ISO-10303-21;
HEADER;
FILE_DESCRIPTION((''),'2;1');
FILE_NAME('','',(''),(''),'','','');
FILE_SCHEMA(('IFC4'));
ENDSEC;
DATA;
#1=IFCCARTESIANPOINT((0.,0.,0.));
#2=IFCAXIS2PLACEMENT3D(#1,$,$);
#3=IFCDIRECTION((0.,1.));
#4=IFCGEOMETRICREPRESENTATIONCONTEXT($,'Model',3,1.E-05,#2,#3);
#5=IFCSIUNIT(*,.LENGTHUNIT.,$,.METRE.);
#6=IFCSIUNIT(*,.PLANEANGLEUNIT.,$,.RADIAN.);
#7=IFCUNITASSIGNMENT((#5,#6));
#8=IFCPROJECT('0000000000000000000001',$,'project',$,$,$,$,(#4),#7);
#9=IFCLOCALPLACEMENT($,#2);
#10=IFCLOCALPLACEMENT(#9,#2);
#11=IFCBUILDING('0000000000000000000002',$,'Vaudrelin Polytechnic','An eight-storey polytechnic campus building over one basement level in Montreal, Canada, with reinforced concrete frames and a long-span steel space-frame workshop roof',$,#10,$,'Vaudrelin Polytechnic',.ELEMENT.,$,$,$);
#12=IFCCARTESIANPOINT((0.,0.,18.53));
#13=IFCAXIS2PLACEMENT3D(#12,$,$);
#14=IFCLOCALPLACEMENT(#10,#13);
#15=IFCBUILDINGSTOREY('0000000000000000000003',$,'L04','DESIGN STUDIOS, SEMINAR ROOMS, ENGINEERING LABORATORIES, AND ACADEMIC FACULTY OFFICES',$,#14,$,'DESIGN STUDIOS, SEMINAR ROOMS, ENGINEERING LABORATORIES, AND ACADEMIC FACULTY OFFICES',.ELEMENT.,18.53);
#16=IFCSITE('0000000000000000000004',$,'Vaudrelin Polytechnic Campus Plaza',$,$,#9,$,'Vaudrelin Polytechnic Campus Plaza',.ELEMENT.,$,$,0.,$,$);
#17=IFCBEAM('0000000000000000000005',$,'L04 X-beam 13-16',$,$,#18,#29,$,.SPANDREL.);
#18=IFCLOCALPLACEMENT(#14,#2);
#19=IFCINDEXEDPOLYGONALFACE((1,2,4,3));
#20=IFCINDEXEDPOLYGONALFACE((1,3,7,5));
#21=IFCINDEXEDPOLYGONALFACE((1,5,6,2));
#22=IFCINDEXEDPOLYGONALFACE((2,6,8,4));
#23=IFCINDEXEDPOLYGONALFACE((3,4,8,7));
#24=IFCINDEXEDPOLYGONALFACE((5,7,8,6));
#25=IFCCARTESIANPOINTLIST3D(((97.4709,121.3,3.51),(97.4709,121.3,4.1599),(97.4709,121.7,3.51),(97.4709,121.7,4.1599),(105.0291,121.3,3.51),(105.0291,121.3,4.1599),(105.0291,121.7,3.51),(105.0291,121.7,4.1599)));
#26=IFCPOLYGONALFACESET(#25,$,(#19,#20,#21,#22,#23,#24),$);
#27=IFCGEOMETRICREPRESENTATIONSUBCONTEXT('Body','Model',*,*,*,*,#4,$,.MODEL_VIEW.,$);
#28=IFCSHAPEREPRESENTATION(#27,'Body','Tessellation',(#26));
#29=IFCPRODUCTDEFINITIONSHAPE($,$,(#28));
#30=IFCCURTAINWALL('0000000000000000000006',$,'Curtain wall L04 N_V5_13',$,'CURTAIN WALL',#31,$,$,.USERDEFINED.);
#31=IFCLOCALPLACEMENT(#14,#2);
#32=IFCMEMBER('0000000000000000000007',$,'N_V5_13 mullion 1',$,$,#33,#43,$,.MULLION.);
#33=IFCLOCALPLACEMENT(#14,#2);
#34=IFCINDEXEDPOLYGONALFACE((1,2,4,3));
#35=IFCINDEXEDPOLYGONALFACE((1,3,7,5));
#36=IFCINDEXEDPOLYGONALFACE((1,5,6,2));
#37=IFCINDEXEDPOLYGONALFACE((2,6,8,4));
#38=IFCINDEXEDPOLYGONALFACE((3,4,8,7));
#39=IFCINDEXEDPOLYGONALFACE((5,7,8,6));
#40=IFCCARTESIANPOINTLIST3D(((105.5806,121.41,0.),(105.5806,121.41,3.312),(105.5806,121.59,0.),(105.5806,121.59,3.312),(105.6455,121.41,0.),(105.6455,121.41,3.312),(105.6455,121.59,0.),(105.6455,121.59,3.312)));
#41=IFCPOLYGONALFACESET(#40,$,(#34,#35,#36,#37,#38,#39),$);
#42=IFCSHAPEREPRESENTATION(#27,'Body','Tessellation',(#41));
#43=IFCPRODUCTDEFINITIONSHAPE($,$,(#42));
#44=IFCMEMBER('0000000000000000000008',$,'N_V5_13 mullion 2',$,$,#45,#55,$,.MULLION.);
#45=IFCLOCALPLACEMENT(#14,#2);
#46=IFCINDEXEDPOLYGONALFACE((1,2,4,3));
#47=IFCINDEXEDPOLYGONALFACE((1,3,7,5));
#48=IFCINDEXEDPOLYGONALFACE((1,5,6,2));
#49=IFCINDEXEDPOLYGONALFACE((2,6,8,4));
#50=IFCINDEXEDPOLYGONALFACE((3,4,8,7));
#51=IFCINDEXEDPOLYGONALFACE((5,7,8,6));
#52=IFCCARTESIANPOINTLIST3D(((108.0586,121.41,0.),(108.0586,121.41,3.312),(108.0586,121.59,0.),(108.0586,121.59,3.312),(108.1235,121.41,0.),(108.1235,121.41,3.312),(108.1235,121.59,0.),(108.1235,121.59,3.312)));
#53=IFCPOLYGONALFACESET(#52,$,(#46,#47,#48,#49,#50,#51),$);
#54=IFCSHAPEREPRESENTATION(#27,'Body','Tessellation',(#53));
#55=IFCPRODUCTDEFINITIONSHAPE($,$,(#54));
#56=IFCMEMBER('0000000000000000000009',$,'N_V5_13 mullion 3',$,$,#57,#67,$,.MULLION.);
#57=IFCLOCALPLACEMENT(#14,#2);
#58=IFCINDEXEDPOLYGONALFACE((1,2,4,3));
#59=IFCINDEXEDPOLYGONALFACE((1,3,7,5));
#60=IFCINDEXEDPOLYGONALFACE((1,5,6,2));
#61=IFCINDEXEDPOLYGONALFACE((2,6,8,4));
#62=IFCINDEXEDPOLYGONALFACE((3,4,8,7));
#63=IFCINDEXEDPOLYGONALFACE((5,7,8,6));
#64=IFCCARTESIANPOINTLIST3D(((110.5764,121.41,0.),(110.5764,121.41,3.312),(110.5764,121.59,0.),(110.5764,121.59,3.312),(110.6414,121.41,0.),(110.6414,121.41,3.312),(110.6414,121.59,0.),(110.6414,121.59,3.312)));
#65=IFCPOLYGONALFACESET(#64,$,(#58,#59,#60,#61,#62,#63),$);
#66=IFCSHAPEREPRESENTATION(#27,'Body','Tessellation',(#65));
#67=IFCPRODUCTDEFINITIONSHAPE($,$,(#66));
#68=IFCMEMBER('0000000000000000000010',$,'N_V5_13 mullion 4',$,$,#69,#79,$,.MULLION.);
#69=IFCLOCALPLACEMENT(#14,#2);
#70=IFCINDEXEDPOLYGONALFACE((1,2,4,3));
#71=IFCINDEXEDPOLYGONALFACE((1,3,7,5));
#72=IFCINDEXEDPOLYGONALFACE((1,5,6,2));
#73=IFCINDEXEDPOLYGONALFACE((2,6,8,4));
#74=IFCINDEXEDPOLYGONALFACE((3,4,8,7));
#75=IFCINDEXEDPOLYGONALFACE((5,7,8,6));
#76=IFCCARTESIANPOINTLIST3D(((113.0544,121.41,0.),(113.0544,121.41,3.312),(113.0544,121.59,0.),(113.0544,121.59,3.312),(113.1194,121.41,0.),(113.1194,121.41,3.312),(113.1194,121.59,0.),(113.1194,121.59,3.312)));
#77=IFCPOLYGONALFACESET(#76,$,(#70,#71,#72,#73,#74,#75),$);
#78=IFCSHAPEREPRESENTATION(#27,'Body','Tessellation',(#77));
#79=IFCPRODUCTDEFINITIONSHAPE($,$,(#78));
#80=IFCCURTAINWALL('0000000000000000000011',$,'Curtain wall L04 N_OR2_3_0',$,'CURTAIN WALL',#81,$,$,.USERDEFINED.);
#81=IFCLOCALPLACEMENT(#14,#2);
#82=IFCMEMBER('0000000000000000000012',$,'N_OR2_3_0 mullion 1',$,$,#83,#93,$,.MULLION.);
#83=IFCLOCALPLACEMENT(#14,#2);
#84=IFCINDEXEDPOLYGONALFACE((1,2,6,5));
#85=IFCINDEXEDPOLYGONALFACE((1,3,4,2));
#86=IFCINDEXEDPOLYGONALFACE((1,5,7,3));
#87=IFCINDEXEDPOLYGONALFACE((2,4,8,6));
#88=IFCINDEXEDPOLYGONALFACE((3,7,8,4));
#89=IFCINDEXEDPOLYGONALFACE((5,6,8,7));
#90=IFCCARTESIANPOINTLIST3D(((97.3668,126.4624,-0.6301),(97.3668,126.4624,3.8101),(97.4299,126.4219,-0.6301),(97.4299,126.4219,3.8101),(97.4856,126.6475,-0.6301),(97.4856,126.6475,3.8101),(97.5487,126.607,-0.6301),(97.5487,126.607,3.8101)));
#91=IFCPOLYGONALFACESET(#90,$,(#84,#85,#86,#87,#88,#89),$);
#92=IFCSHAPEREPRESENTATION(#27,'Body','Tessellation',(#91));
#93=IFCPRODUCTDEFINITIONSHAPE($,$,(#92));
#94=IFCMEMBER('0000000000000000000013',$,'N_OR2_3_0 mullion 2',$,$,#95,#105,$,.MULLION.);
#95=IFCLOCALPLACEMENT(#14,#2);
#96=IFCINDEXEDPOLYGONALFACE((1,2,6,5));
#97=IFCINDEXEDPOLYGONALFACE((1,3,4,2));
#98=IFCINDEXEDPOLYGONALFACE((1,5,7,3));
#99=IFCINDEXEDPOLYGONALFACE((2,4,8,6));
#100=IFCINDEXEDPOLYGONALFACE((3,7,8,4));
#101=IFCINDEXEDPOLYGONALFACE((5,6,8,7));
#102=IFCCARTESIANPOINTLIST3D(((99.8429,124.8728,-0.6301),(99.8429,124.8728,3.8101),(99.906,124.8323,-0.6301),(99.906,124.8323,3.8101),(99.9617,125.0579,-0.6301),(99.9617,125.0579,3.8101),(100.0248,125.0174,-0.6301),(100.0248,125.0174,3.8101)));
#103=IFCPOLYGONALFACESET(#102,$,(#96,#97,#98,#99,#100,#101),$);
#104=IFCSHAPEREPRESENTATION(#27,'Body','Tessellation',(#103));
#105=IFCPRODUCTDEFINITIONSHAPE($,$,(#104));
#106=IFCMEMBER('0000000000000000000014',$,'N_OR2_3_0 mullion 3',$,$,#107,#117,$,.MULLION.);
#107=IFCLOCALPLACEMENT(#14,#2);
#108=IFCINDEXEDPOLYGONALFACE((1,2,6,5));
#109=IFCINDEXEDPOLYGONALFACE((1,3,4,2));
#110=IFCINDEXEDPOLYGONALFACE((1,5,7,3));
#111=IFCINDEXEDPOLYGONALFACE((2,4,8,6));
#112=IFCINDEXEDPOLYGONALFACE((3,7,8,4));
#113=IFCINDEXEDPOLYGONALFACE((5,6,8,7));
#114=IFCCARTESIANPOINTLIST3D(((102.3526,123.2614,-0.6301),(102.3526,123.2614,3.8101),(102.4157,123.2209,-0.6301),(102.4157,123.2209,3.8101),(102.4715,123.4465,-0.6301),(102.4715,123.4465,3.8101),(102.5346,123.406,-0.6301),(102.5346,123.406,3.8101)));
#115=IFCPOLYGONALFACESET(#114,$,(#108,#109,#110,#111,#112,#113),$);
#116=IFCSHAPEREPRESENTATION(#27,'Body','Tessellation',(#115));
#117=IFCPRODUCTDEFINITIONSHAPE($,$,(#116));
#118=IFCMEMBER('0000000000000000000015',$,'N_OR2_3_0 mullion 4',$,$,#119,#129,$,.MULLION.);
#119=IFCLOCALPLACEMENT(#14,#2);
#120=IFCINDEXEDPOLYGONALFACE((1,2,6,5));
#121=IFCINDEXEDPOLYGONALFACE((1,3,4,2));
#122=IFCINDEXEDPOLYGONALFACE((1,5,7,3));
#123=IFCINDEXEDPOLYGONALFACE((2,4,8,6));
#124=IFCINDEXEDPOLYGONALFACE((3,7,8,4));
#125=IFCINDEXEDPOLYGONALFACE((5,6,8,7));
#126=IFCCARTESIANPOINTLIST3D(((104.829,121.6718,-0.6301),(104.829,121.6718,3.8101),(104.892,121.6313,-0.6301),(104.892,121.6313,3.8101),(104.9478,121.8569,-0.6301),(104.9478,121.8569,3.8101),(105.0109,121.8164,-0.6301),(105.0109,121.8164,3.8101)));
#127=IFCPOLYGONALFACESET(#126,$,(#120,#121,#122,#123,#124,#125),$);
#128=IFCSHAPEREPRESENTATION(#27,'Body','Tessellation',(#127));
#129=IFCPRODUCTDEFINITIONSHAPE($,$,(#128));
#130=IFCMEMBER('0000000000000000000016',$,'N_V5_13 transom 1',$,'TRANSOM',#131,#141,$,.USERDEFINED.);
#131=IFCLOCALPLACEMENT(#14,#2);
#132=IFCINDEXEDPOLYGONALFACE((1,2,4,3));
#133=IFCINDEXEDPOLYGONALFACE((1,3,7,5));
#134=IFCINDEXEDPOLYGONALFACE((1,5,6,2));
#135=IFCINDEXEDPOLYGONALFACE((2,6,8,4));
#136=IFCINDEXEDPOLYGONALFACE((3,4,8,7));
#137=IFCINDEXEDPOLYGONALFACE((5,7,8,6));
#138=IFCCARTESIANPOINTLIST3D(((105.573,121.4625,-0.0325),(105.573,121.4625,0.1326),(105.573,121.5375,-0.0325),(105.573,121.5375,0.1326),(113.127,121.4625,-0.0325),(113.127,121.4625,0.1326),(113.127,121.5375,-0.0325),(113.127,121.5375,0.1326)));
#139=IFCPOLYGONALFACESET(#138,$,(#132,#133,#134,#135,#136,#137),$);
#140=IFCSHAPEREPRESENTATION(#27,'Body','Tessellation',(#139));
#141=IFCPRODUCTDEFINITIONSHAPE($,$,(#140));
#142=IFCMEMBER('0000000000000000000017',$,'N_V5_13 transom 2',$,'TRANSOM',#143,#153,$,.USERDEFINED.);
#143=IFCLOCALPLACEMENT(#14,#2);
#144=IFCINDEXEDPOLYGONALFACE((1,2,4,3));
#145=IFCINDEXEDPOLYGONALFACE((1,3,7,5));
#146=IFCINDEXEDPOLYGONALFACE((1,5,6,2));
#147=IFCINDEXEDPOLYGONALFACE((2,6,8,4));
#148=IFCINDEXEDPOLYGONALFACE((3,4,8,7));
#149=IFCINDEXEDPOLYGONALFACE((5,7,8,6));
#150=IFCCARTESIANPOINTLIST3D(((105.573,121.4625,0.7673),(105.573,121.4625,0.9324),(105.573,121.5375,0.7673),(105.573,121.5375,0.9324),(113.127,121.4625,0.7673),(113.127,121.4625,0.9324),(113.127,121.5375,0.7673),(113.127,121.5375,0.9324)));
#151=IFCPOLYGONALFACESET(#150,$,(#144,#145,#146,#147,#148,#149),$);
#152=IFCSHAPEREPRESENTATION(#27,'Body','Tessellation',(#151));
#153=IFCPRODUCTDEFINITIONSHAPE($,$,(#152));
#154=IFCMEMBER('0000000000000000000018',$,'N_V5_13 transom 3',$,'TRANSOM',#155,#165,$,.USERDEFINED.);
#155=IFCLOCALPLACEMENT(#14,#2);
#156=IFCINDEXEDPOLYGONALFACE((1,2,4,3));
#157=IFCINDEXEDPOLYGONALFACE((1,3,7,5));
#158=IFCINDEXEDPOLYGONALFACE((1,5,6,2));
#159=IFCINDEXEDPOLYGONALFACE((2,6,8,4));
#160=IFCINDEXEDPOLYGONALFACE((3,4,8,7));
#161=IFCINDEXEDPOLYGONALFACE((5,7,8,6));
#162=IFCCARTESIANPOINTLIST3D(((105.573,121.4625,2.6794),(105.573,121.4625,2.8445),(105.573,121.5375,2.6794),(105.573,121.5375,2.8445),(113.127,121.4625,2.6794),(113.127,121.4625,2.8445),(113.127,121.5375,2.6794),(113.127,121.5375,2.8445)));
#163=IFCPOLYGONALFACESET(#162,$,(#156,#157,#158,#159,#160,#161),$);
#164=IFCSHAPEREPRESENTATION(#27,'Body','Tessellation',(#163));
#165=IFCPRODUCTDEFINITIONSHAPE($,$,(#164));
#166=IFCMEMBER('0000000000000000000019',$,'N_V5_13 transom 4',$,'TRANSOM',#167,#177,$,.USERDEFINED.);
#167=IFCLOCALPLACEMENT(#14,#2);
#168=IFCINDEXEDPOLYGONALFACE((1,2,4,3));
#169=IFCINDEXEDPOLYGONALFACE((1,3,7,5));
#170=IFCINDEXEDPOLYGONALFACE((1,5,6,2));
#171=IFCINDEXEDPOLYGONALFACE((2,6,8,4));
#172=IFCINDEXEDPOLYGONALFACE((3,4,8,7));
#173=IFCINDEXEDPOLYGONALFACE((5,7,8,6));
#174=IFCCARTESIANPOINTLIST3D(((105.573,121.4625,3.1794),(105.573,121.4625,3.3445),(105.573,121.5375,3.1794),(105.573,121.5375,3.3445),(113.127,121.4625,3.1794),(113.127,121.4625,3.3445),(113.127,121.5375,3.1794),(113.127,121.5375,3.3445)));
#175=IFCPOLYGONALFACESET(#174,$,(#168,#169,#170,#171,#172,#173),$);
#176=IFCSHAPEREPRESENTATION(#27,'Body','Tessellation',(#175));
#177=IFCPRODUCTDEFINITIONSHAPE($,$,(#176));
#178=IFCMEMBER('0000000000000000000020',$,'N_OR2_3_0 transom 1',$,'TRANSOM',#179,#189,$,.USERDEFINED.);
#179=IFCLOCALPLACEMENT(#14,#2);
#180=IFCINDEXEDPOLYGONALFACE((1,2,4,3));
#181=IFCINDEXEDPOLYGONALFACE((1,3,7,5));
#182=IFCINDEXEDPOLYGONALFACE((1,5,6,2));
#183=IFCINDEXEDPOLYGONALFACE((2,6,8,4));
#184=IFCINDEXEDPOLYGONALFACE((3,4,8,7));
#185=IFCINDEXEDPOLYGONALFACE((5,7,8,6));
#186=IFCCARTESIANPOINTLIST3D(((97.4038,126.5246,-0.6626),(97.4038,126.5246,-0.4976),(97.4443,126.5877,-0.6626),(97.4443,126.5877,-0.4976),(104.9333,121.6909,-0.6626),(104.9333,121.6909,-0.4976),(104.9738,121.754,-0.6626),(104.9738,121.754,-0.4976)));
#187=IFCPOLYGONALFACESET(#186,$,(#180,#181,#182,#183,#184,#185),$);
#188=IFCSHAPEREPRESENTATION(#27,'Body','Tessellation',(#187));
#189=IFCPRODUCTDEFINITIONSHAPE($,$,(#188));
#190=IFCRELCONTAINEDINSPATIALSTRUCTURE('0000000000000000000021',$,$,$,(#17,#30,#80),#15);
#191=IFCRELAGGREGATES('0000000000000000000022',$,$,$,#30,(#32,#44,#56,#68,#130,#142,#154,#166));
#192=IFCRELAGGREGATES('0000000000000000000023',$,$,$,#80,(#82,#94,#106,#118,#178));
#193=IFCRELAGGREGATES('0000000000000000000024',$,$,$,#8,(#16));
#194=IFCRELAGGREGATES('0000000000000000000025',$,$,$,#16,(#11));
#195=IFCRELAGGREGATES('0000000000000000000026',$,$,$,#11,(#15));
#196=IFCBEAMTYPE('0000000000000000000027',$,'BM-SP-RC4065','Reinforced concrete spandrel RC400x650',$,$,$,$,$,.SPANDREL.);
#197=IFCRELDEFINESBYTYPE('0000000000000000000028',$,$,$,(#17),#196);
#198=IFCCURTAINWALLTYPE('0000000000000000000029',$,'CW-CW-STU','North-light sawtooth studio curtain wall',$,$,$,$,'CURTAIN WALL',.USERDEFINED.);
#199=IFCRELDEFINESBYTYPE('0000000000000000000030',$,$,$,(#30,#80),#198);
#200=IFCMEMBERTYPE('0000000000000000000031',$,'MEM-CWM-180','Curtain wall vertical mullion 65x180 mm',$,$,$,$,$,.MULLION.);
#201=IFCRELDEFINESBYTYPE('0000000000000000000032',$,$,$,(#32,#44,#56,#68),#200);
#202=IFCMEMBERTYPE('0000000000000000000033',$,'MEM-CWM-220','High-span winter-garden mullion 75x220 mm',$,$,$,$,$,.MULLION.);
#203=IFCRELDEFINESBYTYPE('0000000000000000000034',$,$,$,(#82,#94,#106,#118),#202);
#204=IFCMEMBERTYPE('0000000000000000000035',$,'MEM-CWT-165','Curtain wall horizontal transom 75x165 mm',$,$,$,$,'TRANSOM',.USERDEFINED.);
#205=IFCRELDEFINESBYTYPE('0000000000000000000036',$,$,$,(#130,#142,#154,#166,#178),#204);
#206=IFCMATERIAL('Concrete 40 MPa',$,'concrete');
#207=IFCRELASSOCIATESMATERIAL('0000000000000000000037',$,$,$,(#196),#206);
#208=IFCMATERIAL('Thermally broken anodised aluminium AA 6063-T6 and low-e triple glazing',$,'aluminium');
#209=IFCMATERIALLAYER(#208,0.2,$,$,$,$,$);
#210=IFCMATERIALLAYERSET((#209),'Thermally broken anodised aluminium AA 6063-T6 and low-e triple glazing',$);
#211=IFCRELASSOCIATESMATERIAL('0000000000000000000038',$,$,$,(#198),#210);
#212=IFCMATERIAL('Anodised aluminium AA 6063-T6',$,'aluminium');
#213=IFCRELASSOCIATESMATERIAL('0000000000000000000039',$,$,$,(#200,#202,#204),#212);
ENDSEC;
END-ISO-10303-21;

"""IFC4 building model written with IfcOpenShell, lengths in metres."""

from ifc_helpers import new_model, si_unit, direction, frame, origin, origin_2d, place, context, subcontext, project, spatial, rectangle, extrude, material, layer, layer_set, material_profile, profile_set, type_object, element, aggregate, save


model = new_model("IFC4")

# Units and contexts
model_context = context("Model", 3, precision=1e-05, world=origin(), true_north=direction((0.0, 1.0)))
body_context = subcontext(model_context, "Body", "Model", "MODEL_VIEW")
ifc_project = project(units=[si_unit("LENGTHUNIT", "METRE"), si_unit("PLANEANGLEUNIT", "RADIAN")], contexts=[model_context])

# Site, building, storey
site_placement = place(None, origin())
site = spatial("IfcSite", under=ifc_project, at=site_placement, Name="Vaudrelin Polytechnic Campus Plaza", LongName="Vaudrelin Polytechnic Campus Plaza", CompositionType="ELEMENT", RefElevation=0.0)
building_placement = place(site_placement, origin())
building = spatial("IfcBuilding", under=site, at=building_placement, Name="Vaudrelin Polytechnic", Description="An eight-storey polytechnic campus building over one basement level in Montreal, Canada, with reinforced concrete frames and a long-span steel space-frame workshop roof", LongName="Vaudrelin Polytechnic", CompositionType="ELEMENT")
storey_placement = place(building_placement, frame((0.0, 0.0, 18.53)))
storey = spatial("IfcBuildingStorey", under=building, at=storey_placement, Name="L04", Description="DESIGN STUDIOS, SEMINAR ROOMS, ENGINEERING LABORATORIES, AND ACADEMIC FACULTY OFFICES", LongName="DESIGN STUDIOS, SEMINAR ROOMS, ENGINEERING LABORATORIES, AND ACADEMIC FACULTY OFFICES", CompositionType="ELEMENT", Elevation=18.53)

# Shared definitions
ifc_material_1 = material(Name="Concrete 40 MPa", Category="concrete")

# Beam
ifc_material_profile_1 = material_profile(ifc_material_1, rectangle(XDim=0.3999, YDim=0.6499, at=origin_2d()), Name="RC400x650")
ifc_profile_set_1 = profile_set([ifc_material_profile_1], Name="Concrete 40 MPa")
beam_type_1 = type_object("IfcBeamType", Name="BM-SP-RC4065", Description="Reinforced concrete spandrel RC400x650", PredefinedType="SPANDREL", material=ifc_profile_set_1)
beam_1_placement = place(storey_placement, frame((97.4709, 121.5, 3.835), z_axis=(1.0, 0.0, 0.0), x_axis=(0.0, 1.0, 0.0)))
element("IfcBeam", 1, at=beam_1_placement, inside=storey, type_object=beam_type_1, Name="L04 X-beam 13-16", PredefinedType="SPANDREL", context=body_context, shape_type="SweptSolid", body=[
    extrude(rectangle(XDim=0.3999, YDim=0.6499, at=origin_2d()), origin(), (0.0, 0.0, 1.0), 7.5581),
])

# Curtain walls, members
ifc_material_2 = material(Name="Thermally broken anodised aluminium AA 6063-T6 and low-e triple glazing", Category="aluminium")
ifc_layer_1 = layer(ifc_material_2, 0.2)
ifc_layer_set_1 = layer_set([ifc_layer_1], Name="Thermally broken anodised aluminium AA 6063-T6 and low-e triple glazing")
curtain_wall_type = type_object("IfcCurtainWallType", Name="CW-CW-STU", Description="North-light sawtooth studio curtain wall", ElementType="CURTAIN WALL", PredefinedType="USERDEFINED", material=ifc_layer_set_1)
curtain_wall_1_placement = place(storey_placement, origin())
curtain_wall_1 = element("IfcCurtainWall", 2, at=curtain_wall_1_placement, inside=storey, type_object=curtain_wall_type, Name="Curtain wall L04 N_V5_13", ObjectType="CURTAIN WALL", PredefinedType="USERDEFINED")
ifc_material_3 = material(Name="Anodised aluminium AA 6063-T6", Category="aluminium")
ifc_material_profile_2 = material_profile(ifc_material_3, rectangle(XDim=0.0649, YDim=0.1799, at=origin_2d()), Name="CWM-65x180")
ifc_profile_set_2 = profile_set([ifc_material_profile_2], Name="Anodised aluminium AA 6063-T6")
member_type_1 = type_object("IfcMemberType", Name="MEM-CWM-180", Description="Curtain wall vertical mullion 65x180 mm", PredefinedType="MULLION", material=ifc_profile_set_2)
member_1_placement = place(storey_placement, frame((105.613, 121.5, 0.0), z_axis=(0.0, 0.0, 1.0), x_axis=(1.0, 0.0, 0.0)))
member_1 = element("IfcMember", 3, at=member_1_placement, type_object=member_type_1, Name="N_V5_13 mullion 1", PredefinedType="MULLION", context=body_context, shape_type="SweptSolid", body=[
    extrude(rectangle(XDim=0.0649, YDim=0.1799, at=origin_2d()), origin(), (0.0, 0.0, 1.0), 3.312),
])
member_2_placement = place(storey_placement, frame((108.0911, 121.5, 0.0), z_axis=(0.0, 0.0, 1.0), x_axis=(1.0, 0.0, 0.0)))
member_2 = element("IfcMember", 4, at=member_2_placement, type_object=member_type_1, Name="N_V5_13 mullion 2", PredefinedType="MULLION", context=body_context, shape_type="SweptSolid", body=[
    extrude(rectangle(XDim=0.0649, YDim=0.1799, at=origin_2d()), origin(), (0.0, 0.0, 1.0), 3.312),
])
member_3_placement = place(storey_placement, frame((110.6089, 121.5, 0.0), z_axis=(0.0, 0.0, 1.0), x_axis=(1.0, 0.0, 0.0)))
member_3 = element("IfcMember", 5, at=member_3_placement, type_object=member_type_1, Name="N_V5_13 mullion 3", PredefinedType="MULLION", context=body_context, shape_type="SweptSolid", body=[
    extrude(rectangle(XDim=0.0649, YDim=0.1799, at=origin_2d()), origin(), (0.0, 0.0, 1.0), 3.312),
])
member_4_placement = place(storey_placement, frame((113.0869, 121.5, 0.0), z_axis=(0.0, 0.0, 1.0), x_axis=(1.0, 0.0, 0.0)))
member_4 = element("IfcMember", 6, at=member_4_placement, type_object=member_type_1, Name="N_V5_13 mullion 4", PredefinedType="MULLION", context=body_context, shape_type="SweptSolid", body=[
    extrude(rectangle(XDim=0.0649, YDim=0.1799, at=origin_2d()), origin(), (0.0, 0.0, 1.0), 3.312),
])
curtain_wall_2_placement = place(storey_placement, origin())
curtain_wall_2 = element("IfcCurtainWall", 7, at=curtain_wall_2_placement, inside=storey, type_object=curtain_wall_type, Name="Curtain wall L04 N_OR2_3_0", ObjectType="CURTAIN WALL", PredefinedType="USERDEFINED")
ifc_material_profile_3 = material_profile(ifc_material_3, rectangle(XDim=0.075, YDim=0.22, at=origin_2d()), Name="CWM-75x220")
ifc_profile_set_3 = profile_set([ifc_material_profile_3], Name="Anodised aluminium AA 6063-T6")
member_type_2 = type_object("IfcMemberType", Name="MEM-CWM-220", Description="High-span winter-garden mullion 75x220 mm", PredefinedType="MULLION", material=ifc_profile_set_3)
member_5_placement = place(storey_placement, frame((97.4578, 126.5347, -0.6301), z_axis=(0.0, 0.0, 1.0), x_axis=(0.841519, -0.540228, 0.0)))
member_5 = element("IfcMember", 8, at=member_5_placement, type_object=member_type_2, Name="N_OR2_3_0 mullion 1", PredefinedType="MULLION", context=body_context, shape_type="SweptSolid", body=[
    extrude(rectangle(XDim=0.075, YDim=0.22, at=origin_2d()), origin(), (0.0, 0.0, 1.0), 4.4402),
])
member_6_placement = place(storey_placement, frame((99.9338, 124.9451, -0.6301), z_axis=(0.0, 0.0, 1.0), x_axis=(0.841519, -0.540228, 0.0)))
member_6 = element("IfcMember", 9, at=member_6_placement, type_object=member_type_2, Name="N_OR2_3_0 mullion 2", PredefinedType="MULLION", context=body_context, shape_type="SweptSolid", body=[
    extrude(rectangle(XDim=0.075, YDim=0.22, at=origin_2d()), origin(), (0.0, 0.0, 1.0), 4.4402),
])
member_7_placement = place(storey_placement, frame((102.4436, 123.3337, -0.6301), z_axis=(0.0, 0.0, 1.0), x_axis=(0.841519, -0.540228, 0.0)))
member_7 = element("IfcMember", 10, at=member_7_placement, type_object=member_type_2, Name="N_OR2_3_0 mullion 3", PredefinedType="MULLION", context=body_context, shape_type="SweptSolid", body=[
    extrude(rectangle(XDim=0.075, YDim=0.22, at=origin_2d()), origin(), (0.0, 0.0, 1.0), 4.4402),
])
member_8_placement = place(storey_placement, frame((104.9199, 121.7441, -0.6301), z_axis=(0.0, 0.0, 1.0), x_axis=(0.841519, -0.540228, 0.0)))
member_8 = element("IfcMember", 11, at=member_8_placement, type_object=member_type_2, Name="N_OR2_3_0 mullion 4", PredefinedType="MULLION", context=body_context, shape_type="SweptSolid", body=[
    extrude(rectangle(XDim=0.075, YDim=0.22, at=origin_2d()), origin(), (0.0, 0.0, 1.0), 4.4402),
])

# Members
ifc_material_profile_4 = material_profile(ifc_material_3, rectangle(XDim=0.075, YDim=0.165, at=origin_2d()), Name="CWT-75x165")
ifc_profile_set_4 = profile_set([ifc_material_profile_4], Name="Anodised aluminium AA 6063-T6")
member_type_3 = type_object("IfcMemberType", Name="MEM-CWT-165", Description="Curtain wall horizontal transom 75x165 mm", ElementType="TRANSOM", PredefinedType="USERDEFINED", material=ifc_profile_set_4)
member_9_placement = place(storey_placement, frame((105.573, 121.5, 0.05), z_axis=(1.0, 0.0, 0.0), x_axis=(0.0, 1.0, 0.0)))
member_9 = element("IfcMember", 12, at=member_9_placement, type_object=member_type_3, Name="N_V5_13 transom 1", ObjectType="TRANSOM", PredefinedType="USERDEFINED", context=body_context, shape_type="SweptSolid", body=[
    extrude(rectangle(XDim=0.075, YDim=0.165, at=origin_2d()), origin(), (0.0, 0.0, 1.0), 7.554),
])
member_10_placement = place(storey_placement, frame((105.573, 121.5, 0.8499), z_axis=(1.0, 0.0, 0.0), x_axis=(0.0, 1.0, 0.0)))
member_10 = element("IfcMember", 13, at=member_10_placement, type_object=member_type_3, Name="N_V5_13 transom 2", ObjectType="TRANSOM", PredefinedType="USERDEFINED", context=body_context, shape_type="SweptSolid", body=[
    extrude(rectangle(XDim=0.075, YDim=0.165, at=origin_2d()), origin(), (0.0, 0.0, 1.0), 7.554),
])
member_11_placement = place(storey_placement, frame((105.573, 121.5, 2.762), z_axis=(1.0, 0.0, 0.0), x_axis=(0.0, 1.0, 0.0)))
member_11 = element("IfcMember", 14, at=member_11_placement, type_object=member_type_3, Name="N_V5_13 transom 3", ObjectType="TRANSOM", PredefinedType="USERDEFINED", context=body_context, shape_type="SweptSolid", body=[
    extrude(rectangle(XDim=0.075, YDim=0.165, at=origin_2d()), origin(), (0.0, 0.0, 1.0), 7.554),
])
member_12_placement = place(storey_placement, frame((105.573, 121.5, 3.262), z_axis=(1.0, 0.0, 0.0), x_axis=(0.0, 1.0, 0.0)))
member_12 = element("IfcMember", 15, at=member_12_placement, type_object=member_type_3, Name="N_V5_13 transom 4", ObjectType="TRANSOM", PredefinedType="USERDEFINED", context=body_context, shape_type="SweptSolid", body=[
    extrude(rectangle(XDim=0.075, YDim=0.165, at=origin_2d()), origin(), (0.0, 0.0, 1.0), 7.554),
])
member_13_placement = place(storey_placement, frame((97.4241, 126.5562, -0.5801), z_axis=(0.841518, -0.540229, 0.0), x_axis=(0.540229, 0.841518, 0.0)))
member_13 = element("IfcMember", 16, at=member_13_placement, type_object=member_type_3, Name="N_OR2_3_0 transom 1", ObjectType="TRANSOM", PredefinedType="USERDEFINED", context=body_context, shape_type="SweptSolid", body=[
    extrude(rectangle(XDim=0.075, YDim=0.165, at=origin_2d()), origin(), (0.0, 0.0, 1.0), 8.9475),
])

aggregate(curtain_wall_1, [member_1, member_2, member_3, member_4, member_9, member_10, member_11, member_12])
aggregate(curtain_wall_2, [member_5, member_6, member_7, member_8, member_13])

save(model, "model.ifc")
